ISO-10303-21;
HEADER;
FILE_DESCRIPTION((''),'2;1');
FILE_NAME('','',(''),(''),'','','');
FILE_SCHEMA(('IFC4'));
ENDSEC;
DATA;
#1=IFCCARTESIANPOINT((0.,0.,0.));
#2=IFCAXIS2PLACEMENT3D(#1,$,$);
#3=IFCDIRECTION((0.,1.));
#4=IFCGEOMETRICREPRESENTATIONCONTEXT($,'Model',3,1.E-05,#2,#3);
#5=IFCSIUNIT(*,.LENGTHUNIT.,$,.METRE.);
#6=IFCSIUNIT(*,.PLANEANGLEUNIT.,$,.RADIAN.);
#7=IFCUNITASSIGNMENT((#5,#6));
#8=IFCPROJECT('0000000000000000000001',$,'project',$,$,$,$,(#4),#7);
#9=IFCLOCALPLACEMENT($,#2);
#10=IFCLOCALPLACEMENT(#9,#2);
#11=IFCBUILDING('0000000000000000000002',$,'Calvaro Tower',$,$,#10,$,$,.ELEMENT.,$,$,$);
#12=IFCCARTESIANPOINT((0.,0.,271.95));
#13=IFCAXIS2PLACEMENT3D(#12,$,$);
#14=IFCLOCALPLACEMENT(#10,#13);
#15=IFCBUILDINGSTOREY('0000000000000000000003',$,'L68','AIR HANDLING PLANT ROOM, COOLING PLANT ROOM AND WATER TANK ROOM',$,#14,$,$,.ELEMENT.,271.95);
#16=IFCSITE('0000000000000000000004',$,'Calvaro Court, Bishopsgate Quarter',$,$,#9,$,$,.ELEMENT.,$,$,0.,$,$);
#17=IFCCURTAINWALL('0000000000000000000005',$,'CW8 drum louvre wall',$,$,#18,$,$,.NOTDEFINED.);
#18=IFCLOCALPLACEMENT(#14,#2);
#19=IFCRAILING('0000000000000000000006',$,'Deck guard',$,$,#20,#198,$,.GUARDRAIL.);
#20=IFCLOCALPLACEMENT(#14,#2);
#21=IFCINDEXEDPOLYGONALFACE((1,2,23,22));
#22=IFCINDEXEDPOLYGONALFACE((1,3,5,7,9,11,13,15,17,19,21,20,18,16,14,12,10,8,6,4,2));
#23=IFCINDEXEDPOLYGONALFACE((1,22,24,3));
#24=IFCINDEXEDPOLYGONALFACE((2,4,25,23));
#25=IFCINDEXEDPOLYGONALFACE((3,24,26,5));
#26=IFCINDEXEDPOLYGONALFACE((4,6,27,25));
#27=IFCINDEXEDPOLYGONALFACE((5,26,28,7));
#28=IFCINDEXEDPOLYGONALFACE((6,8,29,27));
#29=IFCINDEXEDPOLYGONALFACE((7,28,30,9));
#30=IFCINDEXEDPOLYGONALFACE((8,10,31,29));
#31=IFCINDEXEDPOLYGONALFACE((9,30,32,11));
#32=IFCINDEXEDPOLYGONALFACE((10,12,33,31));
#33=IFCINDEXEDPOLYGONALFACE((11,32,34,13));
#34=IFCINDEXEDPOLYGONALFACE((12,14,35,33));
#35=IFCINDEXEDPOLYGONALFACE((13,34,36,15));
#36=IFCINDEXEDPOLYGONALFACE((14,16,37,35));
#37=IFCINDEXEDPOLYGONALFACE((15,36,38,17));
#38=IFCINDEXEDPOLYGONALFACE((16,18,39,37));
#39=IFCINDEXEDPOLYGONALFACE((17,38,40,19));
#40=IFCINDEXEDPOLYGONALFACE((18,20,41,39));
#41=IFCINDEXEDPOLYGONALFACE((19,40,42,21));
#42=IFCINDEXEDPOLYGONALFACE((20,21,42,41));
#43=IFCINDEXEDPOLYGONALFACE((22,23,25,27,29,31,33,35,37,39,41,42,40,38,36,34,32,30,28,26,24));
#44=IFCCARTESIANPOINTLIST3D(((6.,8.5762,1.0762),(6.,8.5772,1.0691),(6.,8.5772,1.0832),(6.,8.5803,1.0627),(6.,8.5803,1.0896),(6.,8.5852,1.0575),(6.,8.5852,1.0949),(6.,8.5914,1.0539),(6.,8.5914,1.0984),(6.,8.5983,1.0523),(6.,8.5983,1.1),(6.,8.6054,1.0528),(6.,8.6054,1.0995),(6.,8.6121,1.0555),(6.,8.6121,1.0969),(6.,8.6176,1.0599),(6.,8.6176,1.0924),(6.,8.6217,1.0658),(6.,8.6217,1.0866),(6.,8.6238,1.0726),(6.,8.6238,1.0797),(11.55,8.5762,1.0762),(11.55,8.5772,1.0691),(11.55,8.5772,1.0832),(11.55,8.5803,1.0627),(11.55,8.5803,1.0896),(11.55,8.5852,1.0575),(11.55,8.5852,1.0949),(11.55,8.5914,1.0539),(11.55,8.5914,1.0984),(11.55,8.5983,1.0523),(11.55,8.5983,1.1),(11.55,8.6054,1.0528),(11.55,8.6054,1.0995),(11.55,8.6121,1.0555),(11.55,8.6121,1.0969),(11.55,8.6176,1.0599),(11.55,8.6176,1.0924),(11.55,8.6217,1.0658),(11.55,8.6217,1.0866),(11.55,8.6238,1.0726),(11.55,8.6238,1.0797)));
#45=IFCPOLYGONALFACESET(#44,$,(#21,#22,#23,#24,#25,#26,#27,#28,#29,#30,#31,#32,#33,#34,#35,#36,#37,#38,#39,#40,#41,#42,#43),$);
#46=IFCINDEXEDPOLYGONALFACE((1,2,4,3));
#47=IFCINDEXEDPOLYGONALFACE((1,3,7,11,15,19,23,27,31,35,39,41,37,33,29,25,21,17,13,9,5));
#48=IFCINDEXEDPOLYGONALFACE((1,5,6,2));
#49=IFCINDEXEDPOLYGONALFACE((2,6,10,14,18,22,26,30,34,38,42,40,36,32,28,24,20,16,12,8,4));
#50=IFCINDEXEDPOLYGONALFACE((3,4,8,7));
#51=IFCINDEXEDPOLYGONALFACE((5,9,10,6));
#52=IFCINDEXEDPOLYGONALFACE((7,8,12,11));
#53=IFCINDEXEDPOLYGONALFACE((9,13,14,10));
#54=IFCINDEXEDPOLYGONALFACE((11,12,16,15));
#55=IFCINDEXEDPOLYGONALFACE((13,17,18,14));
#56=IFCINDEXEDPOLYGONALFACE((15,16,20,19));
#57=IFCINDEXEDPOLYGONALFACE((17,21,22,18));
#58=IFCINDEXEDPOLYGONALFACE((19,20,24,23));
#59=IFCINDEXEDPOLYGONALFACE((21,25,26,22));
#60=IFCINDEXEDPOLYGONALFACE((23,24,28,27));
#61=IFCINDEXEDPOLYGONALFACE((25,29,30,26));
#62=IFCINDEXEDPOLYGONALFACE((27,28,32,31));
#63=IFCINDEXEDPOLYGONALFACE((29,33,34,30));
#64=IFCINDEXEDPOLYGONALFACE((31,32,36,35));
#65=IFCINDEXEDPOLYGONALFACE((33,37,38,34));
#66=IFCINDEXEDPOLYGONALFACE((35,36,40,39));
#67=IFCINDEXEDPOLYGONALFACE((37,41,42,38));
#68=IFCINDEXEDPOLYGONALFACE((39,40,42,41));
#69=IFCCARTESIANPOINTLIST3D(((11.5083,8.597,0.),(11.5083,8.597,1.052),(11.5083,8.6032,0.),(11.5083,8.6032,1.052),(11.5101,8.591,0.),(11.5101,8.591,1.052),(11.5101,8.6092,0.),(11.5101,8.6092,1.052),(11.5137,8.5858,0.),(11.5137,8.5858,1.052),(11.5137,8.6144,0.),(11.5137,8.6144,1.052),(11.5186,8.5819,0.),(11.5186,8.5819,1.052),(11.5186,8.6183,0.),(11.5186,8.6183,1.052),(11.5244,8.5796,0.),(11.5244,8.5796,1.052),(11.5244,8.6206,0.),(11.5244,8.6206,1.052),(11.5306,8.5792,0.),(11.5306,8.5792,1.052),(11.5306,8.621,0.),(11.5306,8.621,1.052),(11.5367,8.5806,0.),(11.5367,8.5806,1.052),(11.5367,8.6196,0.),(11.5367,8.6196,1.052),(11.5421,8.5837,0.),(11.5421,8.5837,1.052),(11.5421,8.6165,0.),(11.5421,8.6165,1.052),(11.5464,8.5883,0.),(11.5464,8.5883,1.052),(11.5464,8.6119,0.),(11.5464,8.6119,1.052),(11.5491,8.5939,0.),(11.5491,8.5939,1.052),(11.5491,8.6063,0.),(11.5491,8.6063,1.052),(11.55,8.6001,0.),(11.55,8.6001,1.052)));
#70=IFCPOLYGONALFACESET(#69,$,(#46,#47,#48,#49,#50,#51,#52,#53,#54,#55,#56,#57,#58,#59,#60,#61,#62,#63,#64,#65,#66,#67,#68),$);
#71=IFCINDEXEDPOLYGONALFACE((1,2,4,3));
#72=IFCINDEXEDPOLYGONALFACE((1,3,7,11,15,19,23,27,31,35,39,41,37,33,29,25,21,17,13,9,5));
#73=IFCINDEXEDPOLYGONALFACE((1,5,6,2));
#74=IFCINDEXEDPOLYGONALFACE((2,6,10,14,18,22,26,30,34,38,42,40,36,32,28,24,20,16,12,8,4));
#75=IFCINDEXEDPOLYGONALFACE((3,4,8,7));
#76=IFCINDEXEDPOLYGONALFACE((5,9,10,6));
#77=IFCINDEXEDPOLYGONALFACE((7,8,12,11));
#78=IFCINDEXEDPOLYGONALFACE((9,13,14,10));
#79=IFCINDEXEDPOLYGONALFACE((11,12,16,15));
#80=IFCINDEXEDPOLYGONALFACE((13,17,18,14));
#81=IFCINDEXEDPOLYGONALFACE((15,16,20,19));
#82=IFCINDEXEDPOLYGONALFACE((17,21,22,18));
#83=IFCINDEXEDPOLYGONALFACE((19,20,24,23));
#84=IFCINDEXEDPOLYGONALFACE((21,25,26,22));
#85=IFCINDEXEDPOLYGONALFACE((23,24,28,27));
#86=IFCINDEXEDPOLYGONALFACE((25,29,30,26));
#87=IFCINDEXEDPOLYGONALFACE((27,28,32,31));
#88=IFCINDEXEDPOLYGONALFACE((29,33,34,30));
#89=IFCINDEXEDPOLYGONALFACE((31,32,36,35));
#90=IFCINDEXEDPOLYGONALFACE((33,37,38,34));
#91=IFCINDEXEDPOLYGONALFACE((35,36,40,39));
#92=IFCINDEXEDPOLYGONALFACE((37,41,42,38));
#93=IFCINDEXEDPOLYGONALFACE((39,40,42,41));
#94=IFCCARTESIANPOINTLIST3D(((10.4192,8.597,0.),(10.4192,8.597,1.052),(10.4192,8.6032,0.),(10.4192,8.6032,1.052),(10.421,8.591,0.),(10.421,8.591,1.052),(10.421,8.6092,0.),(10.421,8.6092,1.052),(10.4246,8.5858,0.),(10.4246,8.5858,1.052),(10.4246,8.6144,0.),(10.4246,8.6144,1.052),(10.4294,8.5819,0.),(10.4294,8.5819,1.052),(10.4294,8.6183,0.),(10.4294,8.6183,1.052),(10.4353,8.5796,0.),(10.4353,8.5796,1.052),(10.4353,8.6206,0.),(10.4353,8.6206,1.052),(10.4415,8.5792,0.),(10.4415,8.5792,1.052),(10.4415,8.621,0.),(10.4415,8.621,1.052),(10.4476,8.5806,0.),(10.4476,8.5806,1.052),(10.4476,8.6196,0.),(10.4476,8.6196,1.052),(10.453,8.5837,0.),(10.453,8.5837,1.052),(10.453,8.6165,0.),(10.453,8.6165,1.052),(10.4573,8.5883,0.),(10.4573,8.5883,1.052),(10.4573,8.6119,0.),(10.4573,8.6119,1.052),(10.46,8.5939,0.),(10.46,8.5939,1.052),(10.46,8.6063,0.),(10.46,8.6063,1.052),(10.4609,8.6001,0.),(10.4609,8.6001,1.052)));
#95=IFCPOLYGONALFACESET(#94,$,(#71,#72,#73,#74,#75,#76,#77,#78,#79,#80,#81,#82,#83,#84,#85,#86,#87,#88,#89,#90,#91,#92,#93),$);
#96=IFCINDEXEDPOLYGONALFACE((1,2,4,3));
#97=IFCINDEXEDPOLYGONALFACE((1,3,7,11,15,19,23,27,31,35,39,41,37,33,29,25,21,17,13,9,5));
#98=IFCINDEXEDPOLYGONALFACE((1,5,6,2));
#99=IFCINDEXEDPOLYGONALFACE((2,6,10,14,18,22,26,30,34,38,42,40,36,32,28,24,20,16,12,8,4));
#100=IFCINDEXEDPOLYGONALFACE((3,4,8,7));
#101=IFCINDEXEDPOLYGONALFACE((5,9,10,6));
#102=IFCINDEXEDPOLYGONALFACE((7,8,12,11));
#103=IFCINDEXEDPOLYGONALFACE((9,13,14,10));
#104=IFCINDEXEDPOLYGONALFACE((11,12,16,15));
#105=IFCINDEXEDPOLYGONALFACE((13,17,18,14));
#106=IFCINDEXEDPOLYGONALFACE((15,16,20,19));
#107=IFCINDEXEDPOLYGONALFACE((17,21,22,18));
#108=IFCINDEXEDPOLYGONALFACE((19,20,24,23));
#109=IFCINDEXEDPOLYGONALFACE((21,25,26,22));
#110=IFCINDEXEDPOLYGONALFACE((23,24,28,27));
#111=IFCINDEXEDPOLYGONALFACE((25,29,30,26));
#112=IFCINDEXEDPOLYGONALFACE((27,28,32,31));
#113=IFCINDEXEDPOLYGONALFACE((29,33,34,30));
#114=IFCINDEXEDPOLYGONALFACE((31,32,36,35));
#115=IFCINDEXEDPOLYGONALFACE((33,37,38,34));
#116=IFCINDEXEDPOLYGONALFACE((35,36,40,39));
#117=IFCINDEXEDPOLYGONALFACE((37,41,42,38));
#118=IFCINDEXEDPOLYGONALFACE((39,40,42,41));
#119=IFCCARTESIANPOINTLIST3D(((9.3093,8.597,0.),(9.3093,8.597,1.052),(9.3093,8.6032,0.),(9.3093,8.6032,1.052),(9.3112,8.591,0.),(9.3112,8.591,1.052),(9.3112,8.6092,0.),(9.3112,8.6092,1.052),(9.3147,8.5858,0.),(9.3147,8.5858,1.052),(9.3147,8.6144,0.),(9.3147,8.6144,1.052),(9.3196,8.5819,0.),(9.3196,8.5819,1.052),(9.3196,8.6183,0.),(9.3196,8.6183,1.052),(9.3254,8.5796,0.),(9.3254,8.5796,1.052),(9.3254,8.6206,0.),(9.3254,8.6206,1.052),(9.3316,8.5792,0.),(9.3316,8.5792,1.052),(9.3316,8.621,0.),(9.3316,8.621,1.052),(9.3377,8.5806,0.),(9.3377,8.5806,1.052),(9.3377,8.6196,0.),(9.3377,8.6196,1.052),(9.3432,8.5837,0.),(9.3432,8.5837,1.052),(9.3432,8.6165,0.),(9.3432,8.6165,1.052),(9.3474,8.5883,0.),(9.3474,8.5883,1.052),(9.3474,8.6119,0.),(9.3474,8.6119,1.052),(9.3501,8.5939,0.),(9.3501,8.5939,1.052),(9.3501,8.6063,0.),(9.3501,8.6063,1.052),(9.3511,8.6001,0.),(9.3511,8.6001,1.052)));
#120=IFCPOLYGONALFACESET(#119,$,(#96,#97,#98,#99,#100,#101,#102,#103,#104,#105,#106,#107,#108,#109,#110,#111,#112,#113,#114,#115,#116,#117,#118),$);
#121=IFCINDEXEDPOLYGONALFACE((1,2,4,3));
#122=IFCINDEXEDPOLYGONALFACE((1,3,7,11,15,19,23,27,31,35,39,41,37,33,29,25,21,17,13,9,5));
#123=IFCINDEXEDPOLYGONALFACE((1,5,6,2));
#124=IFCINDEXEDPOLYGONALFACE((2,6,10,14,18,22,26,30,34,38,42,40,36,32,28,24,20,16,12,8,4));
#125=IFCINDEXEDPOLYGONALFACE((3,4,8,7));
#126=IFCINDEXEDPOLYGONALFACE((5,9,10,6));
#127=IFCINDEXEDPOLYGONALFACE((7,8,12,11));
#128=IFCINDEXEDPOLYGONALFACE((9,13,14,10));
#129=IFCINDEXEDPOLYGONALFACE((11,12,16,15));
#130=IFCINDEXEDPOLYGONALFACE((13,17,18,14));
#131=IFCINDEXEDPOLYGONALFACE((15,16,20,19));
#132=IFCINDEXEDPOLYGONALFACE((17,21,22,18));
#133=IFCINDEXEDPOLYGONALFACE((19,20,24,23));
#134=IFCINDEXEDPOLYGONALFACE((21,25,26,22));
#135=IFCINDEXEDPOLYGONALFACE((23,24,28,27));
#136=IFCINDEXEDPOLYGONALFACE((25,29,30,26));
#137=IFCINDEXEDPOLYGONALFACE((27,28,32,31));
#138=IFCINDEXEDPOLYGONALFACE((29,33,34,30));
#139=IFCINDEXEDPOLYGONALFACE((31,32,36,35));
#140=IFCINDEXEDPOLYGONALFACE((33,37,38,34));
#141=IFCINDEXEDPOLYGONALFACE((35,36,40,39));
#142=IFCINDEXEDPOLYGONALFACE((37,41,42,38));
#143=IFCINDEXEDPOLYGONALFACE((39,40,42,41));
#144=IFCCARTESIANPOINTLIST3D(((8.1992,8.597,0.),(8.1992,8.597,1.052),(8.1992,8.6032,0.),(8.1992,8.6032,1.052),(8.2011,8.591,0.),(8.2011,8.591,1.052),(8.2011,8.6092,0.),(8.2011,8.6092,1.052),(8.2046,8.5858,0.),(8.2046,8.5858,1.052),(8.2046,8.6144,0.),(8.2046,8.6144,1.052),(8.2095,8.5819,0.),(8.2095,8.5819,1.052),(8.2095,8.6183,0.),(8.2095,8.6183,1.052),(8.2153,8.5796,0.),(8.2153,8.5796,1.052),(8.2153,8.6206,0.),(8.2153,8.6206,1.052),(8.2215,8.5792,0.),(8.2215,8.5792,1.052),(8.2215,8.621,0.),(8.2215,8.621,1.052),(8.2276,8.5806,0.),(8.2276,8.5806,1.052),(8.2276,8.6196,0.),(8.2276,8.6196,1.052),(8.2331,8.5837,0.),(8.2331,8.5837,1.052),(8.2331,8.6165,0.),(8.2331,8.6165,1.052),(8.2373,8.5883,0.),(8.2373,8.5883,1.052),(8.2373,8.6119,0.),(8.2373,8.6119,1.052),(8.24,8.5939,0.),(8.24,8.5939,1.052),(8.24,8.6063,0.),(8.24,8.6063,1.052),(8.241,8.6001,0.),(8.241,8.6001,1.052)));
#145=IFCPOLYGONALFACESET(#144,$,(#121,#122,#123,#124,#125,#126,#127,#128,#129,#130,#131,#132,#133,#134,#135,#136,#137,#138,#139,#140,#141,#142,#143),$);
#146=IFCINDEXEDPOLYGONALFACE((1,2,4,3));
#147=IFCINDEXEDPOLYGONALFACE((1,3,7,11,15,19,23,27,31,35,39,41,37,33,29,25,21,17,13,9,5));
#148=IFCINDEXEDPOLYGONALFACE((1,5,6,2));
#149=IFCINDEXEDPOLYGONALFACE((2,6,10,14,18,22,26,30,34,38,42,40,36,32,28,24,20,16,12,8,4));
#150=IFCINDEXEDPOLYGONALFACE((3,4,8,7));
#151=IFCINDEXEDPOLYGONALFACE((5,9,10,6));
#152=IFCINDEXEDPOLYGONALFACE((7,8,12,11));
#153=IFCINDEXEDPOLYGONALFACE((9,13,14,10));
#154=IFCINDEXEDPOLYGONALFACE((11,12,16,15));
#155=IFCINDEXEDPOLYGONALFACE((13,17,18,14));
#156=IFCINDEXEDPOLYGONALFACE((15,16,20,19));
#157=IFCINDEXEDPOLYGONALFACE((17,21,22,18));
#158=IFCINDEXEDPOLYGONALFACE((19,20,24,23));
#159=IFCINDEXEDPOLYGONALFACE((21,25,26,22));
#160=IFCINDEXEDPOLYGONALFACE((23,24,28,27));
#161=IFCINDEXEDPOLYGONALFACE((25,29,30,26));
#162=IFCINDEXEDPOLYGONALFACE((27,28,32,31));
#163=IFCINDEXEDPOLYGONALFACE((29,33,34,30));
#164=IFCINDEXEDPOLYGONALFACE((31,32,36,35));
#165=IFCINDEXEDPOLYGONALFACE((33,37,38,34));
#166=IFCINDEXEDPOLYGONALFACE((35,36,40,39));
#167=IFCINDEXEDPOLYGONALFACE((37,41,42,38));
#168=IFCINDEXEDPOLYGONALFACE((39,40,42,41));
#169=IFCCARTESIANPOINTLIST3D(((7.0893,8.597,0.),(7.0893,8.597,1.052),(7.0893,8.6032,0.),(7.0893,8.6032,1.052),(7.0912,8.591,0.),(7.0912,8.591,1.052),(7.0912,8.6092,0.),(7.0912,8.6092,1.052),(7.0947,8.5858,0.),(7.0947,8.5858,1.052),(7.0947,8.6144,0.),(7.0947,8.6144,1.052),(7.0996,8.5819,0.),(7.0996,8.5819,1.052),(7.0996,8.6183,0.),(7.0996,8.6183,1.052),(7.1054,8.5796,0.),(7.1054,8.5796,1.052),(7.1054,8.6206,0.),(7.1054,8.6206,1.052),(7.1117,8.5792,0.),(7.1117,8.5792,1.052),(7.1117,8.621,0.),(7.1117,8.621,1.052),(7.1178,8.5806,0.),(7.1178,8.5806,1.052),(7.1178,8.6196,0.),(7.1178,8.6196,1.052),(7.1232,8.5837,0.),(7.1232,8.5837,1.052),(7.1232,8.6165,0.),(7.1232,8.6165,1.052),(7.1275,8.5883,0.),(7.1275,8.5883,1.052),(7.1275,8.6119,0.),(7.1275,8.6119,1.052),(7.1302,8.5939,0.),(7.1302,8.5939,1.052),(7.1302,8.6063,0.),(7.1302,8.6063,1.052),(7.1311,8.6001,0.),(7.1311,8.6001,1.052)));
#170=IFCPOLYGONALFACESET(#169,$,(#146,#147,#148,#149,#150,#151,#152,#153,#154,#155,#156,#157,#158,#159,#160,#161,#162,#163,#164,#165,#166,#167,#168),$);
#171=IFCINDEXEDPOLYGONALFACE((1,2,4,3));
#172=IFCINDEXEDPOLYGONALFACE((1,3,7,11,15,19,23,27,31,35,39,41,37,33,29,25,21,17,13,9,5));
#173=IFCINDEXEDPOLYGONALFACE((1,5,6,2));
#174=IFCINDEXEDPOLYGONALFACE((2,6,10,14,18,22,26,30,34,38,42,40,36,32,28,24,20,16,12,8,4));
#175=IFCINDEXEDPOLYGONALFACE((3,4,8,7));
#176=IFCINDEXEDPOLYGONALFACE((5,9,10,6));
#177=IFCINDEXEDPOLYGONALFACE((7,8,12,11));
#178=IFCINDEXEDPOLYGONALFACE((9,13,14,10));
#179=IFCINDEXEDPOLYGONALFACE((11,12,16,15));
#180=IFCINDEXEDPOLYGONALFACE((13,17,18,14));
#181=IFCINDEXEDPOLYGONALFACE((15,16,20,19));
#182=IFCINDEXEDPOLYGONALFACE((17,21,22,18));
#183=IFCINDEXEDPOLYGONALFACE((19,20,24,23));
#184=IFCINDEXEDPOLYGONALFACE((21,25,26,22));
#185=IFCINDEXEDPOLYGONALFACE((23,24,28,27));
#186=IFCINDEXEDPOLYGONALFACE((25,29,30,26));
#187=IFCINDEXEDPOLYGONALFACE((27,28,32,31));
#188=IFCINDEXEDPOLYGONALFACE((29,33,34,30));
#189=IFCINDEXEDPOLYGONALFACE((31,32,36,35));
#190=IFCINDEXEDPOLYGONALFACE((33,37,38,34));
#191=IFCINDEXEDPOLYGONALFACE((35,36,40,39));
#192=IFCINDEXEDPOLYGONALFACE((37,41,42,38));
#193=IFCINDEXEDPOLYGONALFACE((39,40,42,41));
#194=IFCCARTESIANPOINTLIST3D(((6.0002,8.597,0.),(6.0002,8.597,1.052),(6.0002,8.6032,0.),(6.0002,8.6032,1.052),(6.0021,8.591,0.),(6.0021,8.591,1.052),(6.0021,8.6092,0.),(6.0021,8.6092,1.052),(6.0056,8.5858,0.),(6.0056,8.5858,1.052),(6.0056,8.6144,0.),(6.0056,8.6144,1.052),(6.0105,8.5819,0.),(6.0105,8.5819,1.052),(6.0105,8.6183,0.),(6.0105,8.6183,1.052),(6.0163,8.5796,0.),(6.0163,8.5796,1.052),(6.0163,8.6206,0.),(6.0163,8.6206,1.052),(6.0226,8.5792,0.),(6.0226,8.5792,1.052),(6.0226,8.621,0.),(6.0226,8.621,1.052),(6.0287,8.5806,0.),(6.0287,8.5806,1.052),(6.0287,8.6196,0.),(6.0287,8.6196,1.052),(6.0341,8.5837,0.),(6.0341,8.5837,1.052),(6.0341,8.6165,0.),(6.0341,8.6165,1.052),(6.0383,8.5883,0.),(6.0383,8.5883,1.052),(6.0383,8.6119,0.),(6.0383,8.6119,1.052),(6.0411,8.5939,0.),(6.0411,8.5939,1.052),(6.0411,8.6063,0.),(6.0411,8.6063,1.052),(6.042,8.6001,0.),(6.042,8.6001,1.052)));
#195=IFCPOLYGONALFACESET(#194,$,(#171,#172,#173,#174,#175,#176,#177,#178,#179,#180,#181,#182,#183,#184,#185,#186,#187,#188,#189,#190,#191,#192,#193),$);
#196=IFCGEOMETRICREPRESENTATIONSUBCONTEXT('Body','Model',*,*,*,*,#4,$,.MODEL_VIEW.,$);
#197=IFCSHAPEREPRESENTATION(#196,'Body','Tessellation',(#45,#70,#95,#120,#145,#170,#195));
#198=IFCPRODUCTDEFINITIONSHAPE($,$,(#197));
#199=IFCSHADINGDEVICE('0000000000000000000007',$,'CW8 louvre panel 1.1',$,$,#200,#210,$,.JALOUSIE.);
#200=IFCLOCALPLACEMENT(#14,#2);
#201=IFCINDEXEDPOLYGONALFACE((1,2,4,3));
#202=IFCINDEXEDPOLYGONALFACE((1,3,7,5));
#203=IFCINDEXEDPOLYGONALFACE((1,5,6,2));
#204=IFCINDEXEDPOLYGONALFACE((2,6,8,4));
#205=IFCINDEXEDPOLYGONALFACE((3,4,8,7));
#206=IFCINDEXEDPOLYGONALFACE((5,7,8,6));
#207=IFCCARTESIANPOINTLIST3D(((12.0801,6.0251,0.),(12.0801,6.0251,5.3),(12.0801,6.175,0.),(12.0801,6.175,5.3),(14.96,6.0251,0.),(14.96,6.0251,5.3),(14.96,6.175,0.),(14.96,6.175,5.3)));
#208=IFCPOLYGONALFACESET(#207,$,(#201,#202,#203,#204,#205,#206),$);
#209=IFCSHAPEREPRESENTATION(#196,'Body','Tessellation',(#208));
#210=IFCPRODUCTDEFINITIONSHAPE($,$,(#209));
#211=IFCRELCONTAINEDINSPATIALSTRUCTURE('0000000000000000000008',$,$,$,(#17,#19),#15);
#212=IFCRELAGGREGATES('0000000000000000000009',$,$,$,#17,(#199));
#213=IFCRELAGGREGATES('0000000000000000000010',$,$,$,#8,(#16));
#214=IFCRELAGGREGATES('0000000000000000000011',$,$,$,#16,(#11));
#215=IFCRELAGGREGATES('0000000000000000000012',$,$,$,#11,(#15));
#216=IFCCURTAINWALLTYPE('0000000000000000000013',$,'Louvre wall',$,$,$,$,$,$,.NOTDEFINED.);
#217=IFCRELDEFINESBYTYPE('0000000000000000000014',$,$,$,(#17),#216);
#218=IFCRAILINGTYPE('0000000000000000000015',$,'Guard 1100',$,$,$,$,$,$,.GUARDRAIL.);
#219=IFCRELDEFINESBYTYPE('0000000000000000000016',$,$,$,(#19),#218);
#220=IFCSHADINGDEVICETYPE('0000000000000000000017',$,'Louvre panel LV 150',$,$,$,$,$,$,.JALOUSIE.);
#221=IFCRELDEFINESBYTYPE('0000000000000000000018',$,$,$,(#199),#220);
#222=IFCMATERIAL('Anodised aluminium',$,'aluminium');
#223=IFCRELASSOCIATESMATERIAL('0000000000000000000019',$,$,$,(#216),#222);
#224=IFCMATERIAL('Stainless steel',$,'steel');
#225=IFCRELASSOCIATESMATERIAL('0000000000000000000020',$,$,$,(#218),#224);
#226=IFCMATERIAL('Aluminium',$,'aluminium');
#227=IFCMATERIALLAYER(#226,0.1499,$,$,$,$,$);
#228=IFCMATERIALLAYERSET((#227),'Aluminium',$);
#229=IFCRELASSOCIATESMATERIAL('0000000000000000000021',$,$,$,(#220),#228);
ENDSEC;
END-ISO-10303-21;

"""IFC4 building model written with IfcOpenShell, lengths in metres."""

from ifc_helpers import new_model, si_unit, direction, frame, origin, origin_2d, place, context, subcontext, project, spatial, rectangle, circle, extrude, material, layer, layer_set, type_object, element, aggregate, save


model = new_model("IFC4")

# Units and contexts
model_context = context("Model", 3, precision=1e-05, world=origin(), true_north=direction((0.0, 1.0)))
body_context = subcontext(model_context, "Body", "Model", "MODEL_VIEW")
ifc_project = project(units=[si_unit("LENGTHUNIT", "METRE"), si_unit("PLANEANGLEUNIT", "RADIAN")], contexts=[model_context])

# Site, building, storey
site_placement = place(None, origin())
site = spatial("IfcSite", under=ifc_project, at=site_placement, Name="Calvaro Court, Bishopsgate Quarter", CompositionType="ELEMENT", RefElevation=0.0)
building_placement = place(site_placement, origin())
building = spatial("IfcBuilding", under=site, at=building_placement, Name="Calvaro Tower", CompositionType="ELEMENT")
storey_placement = place(building_placement, frame((0.0, 0.0, 271.95)))
storey = spatial("IfcBuildingStorey", under=building, at=storey_placement, Name="L68", Description="AIR HANDLING PLANT ROOM, COOLING PLANT ROOM AND WATER TANK ROOM", CompositionType="ELEMENT", Elevation=271.95)

# Curtain wall
ifc_material_1 = material(Name="Anodised aluminium", Category="aluminium")
curtain_wall_type = type_object("IfcCurtainWallType", Name="Louvre wall", PredefinedType="NOTDEFINED", material=ifc_material_1)
curtain_wall_1_placement = place(storey_placement, origin())
curtain_wall_1 = element("IfcCurtainWall", 1, at=curtain_wall_1_placement, inside=storey, type_object=curtain_wall_type, Name="CW8 drum louvre wall", PredefinedType="NOTDEFINED")

# Railing
ifc_material_2 = material(Name="Stainless steel", Category="steel")
railing_type = type_object("IfcRailingType", Name="Guard 1100", PredefinedType="GUARDRAIL", material=ifc_material_2)
railing_1_placement = place(storey_placement, frame((11.55, 8.6001, 0.0)))
element("IfcRailing", 2, at=railing_1_placement, inside=storey, type_object=railing_type, Name="Deck guard", PredefinedType="GUARDRAIL", context=body_context, shape_type="SweptSolid", body=[
    extrude(circle(Radius=0.0239, at=origin_2d()), frame((0.0, 0.0, 1.0762), z_axis=(-1.0, 0.0, 0.0), x_axis=(0.0, -1.0, 0.0)), (0.0, 0.0, 1.0), 5.55),
    extrude(circle(Radius=0.021, at=origin_2d()), frame((-0.021, 0.0, 0.0)), (0.0, 0.0, 1.0), 1.052),
    extrude(circle(Radius=0.021, at=origin_2d()), frame((-1.1101, 0.0, 0.0)), (0.0, 0.0, 1.0), 1.052),
    extrude(circle(Radius=0.021, at=origin_2d()), frame((-2.22, 0.0, 0.0)), (0.0, 0.0, 1.0), 1.052),
    extrude(circle(Radius=0.021, at=origin_2d()), frame((-3.3301, 0.0, 0.0)), (0.0, 0.0, 1.0), 1.052),
    extrude(circle(Radius=0.021, at=origin_2d()), frame((-4.4399, 0.0, 0.0)), (0.0, 0.0, 1.0), 1.052),
    extrude(circle(Radius=0.021, at=origin_2d()), frame((-5.5291, 0.0, 0.0)), (0.0, 0.0, 1.0), 1.052),
])

# Shading device
ifc_material_3 = material(Name="Aluminium", Category="aluminium")
ifc_layer_1 = layer(ifc_material_3, 0.1499)
ifc_layer_set_1 = layer_set([ifc_layer_1], Name="Aluminium")
shading_device_type = type_object("IfcShadingDeviceType", Name="Louvre panel LV 150", PredefinedType="JALOUSIE", material=ifc_layer_set_1)
shading_device_1_placement = place(storey_placement, frame((13.52, 6.1001, 0.0), z_axis=(0.0, 0.0, 1.0), x_axis=(1.0, 0.0, 0.0)))
shading_device_1 = element("IfcShadingDevice", 3, at=shading_device_1_placement, type_object=shading_device_type, Name="CW8 louvre panel 1.1", PredefinedType="JALOUSIE", context=body_context, shape_type="SweptSolid", body=[
    extrude(rectangle(XDim=2.8799, YDim=0.1499, at=origin_2d()), origin(), (0.0, 0.0, 1.0), 5.3),
])
aggregate(curtain_wall_1, [shading_device_1])

save(model, "model.ifc")
